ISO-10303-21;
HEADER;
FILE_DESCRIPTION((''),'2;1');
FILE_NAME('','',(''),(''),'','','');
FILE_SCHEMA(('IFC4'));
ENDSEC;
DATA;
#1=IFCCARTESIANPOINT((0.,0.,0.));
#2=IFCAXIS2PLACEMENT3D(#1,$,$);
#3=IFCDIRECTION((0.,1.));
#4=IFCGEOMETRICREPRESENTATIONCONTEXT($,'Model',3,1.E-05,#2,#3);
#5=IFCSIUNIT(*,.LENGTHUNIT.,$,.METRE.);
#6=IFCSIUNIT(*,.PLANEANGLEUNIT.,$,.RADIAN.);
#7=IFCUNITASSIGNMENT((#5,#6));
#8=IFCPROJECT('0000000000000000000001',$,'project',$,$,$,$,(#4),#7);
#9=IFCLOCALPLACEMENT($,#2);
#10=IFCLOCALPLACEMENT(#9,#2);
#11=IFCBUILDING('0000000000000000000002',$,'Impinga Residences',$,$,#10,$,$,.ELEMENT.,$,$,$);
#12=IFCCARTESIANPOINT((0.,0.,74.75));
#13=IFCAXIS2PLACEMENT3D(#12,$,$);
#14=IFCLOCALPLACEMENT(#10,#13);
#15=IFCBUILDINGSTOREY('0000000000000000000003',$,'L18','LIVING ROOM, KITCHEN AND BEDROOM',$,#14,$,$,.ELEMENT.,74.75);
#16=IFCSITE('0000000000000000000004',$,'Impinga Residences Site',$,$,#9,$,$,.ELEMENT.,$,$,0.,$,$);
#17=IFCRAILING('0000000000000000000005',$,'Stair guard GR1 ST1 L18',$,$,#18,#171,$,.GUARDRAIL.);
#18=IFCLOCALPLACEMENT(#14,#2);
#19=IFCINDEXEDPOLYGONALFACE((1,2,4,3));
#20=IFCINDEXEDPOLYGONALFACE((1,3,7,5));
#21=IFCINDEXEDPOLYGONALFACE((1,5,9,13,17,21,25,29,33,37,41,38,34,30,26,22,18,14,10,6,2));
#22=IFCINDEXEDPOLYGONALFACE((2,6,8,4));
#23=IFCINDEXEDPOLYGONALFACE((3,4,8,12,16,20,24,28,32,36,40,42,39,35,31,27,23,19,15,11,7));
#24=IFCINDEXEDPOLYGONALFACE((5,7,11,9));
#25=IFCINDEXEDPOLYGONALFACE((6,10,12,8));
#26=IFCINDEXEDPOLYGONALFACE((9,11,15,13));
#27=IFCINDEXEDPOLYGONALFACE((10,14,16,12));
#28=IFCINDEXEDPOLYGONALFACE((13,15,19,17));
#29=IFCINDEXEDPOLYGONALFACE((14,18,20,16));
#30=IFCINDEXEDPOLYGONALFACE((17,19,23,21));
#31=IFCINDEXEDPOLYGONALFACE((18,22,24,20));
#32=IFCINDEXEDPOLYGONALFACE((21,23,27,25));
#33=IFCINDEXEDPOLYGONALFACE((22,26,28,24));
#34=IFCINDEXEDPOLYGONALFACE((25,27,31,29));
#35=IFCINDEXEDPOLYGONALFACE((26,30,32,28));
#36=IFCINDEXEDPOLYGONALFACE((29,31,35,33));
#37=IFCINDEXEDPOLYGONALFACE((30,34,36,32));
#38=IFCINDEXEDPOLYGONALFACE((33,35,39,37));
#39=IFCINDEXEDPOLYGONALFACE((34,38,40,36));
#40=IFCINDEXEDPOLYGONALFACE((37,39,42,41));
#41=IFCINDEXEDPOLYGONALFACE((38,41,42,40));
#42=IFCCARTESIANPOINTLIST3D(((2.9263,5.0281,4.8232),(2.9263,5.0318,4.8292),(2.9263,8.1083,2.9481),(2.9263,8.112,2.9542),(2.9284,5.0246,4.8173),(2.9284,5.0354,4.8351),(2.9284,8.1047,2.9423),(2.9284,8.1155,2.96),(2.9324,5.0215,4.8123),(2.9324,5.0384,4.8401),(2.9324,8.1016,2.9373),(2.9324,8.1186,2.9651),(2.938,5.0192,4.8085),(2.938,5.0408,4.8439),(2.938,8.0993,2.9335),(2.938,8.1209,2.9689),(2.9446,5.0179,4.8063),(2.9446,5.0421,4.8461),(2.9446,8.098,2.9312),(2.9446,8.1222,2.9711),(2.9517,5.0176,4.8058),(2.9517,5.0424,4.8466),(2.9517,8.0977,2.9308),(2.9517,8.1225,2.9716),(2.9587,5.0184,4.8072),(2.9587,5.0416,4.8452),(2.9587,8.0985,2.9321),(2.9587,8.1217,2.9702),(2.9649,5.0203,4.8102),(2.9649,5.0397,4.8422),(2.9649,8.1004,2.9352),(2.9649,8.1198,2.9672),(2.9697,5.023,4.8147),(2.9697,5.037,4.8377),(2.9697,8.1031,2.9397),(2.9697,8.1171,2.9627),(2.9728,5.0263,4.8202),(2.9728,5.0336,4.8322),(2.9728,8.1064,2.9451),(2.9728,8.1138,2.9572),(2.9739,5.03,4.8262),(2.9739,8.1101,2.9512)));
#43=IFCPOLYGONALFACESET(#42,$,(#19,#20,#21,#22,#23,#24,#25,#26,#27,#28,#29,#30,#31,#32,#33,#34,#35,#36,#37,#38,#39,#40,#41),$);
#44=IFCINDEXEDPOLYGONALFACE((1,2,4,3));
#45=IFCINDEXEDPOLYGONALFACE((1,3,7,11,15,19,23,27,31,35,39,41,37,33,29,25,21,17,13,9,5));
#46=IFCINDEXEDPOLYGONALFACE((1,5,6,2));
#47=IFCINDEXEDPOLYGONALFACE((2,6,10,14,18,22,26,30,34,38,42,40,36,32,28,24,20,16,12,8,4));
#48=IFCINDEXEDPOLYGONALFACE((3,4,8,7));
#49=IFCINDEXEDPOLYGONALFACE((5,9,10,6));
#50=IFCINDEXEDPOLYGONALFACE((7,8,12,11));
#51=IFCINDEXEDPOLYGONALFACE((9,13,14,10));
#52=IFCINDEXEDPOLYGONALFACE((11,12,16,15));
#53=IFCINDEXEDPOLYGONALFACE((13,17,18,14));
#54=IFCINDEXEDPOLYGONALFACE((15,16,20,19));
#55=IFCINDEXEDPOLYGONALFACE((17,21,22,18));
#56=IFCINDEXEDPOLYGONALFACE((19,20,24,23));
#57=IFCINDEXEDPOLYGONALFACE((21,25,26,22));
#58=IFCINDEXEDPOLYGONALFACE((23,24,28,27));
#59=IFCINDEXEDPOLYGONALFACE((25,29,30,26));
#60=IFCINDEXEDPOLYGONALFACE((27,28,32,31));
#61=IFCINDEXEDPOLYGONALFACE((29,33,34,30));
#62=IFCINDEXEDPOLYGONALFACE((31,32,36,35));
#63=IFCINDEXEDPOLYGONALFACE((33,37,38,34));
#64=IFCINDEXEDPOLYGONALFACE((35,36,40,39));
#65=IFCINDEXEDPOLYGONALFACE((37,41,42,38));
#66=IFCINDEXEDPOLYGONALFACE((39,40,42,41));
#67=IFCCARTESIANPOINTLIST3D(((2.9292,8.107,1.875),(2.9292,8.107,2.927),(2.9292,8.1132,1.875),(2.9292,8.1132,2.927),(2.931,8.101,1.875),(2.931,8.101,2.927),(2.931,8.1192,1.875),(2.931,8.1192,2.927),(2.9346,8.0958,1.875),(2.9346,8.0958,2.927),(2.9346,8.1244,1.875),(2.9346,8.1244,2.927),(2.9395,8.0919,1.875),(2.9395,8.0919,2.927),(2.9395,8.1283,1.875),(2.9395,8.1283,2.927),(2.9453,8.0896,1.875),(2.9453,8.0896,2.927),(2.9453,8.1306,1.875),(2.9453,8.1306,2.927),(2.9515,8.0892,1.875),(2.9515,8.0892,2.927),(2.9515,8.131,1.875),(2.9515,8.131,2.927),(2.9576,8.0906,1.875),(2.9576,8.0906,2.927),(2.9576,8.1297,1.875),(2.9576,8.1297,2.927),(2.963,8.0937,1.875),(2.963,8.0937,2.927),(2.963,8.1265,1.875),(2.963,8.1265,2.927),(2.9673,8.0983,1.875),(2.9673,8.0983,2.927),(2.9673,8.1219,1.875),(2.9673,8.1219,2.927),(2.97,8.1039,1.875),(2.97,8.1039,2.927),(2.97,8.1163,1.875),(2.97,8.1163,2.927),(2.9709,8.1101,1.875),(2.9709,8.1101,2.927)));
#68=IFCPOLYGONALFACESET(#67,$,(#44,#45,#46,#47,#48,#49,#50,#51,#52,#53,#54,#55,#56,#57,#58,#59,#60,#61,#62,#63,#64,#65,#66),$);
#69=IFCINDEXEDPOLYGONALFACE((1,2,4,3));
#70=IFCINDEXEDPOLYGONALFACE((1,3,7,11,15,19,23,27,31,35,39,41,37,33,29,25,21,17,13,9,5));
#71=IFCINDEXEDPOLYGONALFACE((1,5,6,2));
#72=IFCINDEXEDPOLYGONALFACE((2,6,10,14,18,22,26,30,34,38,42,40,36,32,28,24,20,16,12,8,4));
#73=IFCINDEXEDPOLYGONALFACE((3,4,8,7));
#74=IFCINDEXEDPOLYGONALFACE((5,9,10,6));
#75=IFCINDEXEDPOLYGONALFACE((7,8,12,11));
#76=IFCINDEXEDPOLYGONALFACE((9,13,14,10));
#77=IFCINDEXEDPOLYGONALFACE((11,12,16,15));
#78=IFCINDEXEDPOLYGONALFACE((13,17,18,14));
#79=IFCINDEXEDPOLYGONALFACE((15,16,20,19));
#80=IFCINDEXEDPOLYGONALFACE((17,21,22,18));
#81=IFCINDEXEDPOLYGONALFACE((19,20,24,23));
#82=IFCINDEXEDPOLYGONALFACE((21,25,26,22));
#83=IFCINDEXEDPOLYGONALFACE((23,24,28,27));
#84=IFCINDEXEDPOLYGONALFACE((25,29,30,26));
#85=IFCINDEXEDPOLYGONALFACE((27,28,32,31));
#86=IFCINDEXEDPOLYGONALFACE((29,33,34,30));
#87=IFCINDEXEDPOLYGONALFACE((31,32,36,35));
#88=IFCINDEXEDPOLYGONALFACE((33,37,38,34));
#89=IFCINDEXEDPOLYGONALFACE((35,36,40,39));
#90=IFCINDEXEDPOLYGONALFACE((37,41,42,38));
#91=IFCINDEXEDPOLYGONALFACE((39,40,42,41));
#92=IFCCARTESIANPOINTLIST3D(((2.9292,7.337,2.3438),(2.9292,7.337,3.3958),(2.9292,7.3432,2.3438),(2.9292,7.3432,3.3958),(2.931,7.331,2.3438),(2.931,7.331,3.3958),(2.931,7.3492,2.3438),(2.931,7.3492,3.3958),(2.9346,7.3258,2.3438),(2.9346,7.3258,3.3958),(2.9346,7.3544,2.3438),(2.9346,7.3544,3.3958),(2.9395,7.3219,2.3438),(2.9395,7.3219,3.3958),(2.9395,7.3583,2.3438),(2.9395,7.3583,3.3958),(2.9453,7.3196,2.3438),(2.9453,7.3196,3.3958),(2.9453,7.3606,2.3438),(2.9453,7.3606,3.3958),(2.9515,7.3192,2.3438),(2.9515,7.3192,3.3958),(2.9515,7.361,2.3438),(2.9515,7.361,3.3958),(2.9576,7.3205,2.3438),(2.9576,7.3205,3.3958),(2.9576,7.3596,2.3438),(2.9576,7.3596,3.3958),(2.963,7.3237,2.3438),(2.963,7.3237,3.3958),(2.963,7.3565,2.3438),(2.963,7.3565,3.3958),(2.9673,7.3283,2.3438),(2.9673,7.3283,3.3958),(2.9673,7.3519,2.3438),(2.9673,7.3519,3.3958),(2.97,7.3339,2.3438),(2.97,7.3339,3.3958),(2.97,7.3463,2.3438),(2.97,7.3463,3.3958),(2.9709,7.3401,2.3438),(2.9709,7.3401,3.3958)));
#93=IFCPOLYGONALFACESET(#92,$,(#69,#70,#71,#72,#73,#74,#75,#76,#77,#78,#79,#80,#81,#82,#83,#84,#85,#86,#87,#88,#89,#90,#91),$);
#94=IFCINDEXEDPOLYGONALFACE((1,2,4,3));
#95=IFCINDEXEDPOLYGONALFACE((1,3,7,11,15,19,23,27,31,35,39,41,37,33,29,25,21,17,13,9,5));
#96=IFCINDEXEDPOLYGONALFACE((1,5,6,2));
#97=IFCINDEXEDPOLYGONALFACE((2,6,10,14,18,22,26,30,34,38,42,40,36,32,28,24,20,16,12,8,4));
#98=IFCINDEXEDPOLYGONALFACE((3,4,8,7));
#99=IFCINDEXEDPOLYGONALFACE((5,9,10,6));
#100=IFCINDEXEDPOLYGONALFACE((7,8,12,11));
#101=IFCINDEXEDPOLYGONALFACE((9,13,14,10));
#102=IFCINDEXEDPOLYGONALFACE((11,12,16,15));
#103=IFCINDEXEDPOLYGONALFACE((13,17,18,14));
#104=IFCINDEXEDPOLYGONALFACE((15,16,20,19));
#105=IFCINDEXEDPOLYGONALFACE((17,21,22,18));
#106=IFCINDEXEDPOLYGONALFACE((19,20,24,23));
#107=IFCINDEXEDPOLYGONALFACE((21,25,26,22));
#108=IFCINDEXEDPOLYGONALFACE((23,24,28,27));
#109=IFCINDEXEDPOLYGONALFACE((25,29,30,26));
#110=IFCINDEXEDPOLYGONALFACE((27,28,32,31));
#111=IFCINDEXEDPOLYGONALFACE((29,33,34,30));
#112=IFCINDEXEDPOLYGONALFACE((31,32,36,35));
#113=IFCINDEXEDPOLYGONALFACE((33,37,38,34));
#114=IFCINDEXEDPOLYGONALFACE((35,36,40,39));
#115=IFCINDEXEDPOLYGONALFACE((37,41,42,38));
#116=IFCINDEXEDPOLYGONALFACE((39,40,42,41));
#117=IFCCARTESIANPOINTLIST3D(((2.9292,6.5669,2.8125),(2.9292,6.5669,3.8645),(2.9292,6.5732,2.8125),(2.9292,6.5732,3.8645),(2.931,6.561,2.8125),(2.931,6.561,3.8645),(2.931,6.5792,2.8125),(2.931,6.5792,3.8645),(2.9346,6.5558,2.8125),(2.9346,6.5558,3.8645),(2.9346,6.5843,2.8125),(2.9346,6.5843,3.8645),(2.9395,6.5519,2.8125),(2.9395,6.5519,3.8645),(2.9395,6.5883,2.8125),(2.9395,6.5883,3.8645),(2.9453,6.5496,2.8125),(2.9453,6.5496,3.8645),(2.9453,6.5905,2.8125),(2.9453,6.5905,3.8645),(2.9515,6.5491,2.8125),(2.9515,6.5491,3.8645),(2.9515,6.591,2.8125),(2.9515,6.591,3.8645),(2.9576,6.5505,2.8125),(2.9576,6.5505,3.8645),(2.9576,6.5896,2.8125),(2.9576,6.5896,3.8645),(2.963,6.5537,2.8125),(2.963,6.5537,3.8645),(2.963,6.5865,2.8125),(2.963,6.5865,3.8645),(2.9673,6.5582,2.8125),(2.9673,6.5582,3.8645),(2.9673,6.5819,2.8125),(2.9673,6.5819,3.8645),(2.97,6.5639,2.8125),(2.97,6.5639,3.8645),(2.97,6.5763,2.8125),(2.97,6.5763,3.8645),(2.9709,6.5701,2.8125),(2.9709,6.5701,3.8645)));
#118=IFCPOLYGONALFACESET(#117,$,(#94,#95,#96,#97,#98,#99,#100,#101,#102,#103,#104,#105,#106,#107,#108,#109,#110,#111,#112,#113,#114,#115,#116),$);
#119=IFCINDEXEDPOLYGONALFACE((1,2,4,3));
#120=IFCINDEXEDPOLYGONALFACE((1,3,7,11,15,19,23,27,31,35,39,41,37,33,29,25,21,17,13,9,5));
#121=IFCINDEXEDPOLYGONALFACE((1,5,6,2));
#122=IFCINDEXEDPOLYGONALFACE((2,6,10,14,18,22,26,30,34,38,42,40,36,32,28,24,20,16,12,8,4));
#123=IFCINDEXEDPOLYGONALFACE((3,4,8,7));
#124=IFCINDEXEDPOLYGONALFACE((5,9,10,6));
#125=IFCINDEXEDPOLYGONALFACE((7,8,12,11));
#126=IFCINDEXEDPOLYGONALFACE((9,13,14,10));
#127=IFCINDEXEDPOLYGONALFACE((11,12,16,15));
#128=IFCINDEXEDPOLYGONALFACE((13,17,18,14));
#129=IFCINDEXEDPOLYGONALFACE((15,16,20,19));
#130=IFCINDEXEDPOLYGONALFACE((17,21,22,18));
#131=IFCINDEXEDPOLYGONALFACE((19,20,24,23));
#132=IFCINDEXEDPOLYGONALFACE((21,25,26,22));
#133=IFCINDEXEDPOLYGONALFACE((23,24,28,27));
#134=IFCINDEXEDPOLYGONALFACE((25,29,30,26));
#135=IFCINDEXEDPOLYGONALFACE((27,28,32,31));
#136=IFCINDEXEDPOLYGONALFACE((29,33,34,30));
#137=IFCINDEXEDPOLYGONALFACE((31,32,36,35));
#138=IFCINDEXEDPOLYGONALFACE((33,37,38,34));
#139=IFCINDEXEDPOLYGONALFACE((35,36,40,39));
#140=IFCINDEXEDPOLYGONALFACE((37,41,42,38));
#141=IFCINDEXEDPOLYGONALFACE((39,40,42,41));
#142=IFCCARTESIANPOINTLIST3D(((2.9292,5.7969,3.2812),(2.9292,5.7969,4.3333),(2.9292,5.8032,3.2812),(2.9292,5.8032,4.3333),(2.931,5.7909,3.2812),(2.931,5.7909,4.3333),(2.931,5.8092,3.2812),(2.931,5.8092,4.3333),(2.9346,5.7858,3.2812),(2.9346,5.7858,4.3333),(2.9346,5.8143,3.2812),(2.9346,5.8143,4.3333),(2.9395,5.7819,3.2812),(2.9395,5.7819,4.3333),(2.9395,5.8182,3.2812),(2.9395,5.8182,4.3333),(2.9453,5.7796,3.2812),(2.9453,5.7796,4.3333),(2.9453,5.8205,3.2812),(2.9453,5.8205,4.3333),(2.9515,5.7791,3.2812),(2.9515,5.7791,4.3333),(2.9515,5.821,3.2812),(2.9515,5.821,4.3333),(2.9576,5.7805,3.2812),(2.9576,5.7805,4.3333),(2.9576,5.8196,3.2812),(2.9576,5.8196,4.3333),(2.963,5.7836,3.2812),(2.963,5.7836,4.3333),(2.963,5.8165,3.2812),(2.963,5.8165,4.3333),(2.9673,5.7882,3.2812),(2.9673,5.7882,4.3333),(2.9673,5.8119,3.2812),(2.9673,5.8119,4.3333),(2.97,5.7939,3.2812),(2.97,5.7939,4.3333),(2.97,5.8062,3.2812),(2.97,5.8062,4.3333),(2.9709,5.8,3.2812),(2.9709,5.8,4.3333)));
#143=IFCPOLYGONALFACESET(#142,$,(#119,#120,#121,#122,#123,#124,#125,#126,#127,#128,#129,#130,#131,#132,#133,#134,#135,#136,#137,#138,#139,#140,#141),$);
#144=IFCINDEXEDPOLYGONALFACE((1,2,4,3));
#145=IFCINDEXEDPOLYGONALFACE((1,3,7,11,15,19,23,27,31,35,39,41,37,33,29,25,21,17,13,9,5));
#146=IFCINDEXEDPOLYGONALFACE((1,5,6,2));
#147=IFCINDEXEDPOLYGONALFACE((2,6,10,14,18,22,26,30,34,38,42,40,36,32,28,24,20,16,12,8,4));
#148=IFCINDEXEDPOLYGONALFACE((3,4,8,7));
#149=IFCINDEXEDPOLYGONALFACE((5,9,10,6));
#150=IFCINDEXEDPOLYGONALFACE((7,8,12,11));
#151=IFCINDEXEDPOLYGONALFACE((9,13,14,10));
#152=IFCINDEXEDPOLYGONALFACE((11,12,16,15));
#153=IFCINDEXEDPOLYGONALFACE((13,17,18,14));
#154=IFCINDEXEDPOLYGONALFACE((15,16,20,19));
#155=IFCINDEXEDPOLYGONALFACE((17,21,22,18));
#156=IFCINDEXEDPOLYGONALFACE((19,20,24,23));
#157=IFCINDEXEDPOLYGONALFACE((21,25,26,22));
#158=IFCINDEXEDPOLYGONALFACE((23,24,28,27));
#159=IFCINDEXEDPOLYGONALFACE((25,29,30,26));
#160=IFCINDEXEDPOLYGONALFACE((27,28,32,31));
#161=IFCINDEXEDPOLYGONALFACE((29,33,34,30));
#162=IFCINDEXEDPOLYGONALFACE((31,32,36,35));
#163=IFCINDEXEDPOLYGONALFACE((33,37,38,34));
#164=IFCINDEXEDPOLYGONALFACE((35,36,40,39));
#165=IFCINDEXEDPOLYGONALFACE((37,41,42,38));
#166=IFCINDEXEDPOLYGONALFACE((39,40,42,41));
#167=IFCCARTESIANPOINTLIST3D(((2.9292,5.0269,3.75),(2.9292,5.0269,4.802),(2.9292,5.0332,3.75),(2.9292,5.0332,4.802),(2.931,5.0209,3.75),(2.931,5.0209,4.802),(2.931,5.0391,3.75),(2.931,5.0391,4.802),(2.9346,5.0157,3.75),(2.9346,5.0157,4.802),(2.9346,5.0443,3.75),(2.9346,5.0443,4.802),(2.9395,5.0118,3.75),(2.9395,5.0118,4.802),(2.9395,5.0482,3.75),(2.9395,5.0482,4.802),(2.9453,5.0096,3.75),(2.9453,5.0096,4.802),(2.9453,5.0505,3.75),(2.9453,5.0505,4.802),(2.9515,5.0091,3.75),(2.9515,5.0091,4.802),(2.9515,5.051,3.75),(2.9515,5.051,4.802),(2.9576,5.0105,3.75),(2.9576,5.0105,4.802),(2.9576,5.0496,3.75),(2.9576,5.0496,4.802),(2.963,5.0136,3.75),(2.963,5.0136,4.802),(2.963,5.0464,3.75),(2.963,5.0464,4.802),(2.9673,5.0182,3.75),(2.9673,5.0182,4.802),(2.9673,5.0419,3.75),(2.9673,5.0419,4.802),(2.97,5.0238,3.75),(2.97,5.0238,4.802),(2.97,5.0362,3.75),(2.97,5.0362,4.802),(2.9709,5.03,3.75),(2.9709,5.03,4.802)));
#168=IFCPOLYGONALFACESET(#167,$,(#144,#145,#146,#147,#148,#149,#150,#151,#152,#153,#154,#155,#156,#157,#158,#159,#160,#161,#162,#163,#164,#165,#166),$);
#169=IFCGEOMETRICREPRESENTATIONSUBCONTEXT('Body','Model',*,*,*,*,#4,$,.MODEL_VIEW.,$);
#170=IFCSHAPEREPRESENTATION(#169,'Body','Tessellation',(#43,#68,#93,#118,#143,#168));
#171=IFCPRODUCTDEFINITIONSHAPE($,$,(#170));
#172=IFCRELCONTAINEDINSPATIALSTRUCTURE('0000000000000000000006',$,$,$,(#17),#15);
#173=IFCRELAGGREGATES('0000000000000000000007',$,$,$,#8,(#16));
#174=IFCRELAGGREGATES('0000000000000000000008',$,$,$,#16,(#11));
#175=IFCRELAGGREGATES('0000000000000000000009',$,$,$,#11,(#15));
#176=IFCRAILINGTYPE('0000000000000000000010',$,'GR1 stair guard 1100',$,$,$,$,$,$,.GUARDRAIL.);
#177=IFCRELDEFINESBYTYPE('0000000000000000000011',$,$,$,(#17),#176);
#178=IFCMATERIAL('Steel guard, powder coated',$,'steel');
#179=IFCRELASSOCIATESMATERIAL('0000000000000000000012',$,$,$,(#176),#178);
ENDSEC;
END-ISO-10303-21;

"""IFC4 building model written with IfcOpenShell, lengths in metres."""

from ifc_helpers import new_model, si_unit, direction, frame, origin, origin_2d, place, context, subcontext, project, spatial, circle, extrude, material, type_object, element, save


model = new_model("IFC4")

# Units and contexts
model_context = context("Model", 3, precision=1e-05, world=origin(), true_north=direction((0.0, 1.0)))
body_context = subcontext(model_context, "Body", "Model", "MODEL_VIEW")
ifc_project = project(units=[si_unit("LENGTHUNIT", "METRE"), si_unit("PLANEANGLEUNIT", "RADIAN")], contexts=[model_context])

# Site, building, storey
site_placement = place(None, origin())
site = spatial("IfcSite", under=ifc_project, at=site_placement, Name="Impinga Residences Site", CompositionType="ELEMENT", RefElevation=0.0)
building_placement = place(site_placement, origin())
building = spatial("IfcBuilding", under=site, at=building_placement, Name="Impinga Residences", CompositionType="ELEMENT")
storey_placement = place(building_placement, frame((0.0, 0.0, 74.75)))
storey = spatial("IfcBuildingStorey", under=building, at=storey_placement, Name="L18", Description="LIVING ROOM, KITCHEN AND BEDROOM", CompositionType="ELEMENT", Elevation=74.75)

# Railing
ifc_material_1 = material(Name="Steel guard, powder coated", Category="steel")
railing_type_1 = type_object("IfcRailingType", Name="GR1 stair guard 1100", PredefinedType="GUARDRAIL", material=ifc_material_1)
railing_1_placement = place(storey_placement, frame((2.95, 8.1101, 1.875)))
element("IfcRailing", 1, at=railing_1_placement, inside=storey, type_object=railing_type_1, Name="Stair guard GR1 ST1 L18", PredefinedType="GUARDRAIL", context=body_context, shape_type="SweptSolid", body=[
    extrude(circle(Radius=0.0239, at=origin_2d()), frame((0.0, 0.0, 1.0762), z_axis=(0.0, -0.854178, 0.519981), x_axis=(1.0, 0.0, 0.0)), (0.0, 0.0, 1.0), 3.606),
    extrude(circle(Radius=0.021, at=origin_2d()), origin(), (0.0, 0.0, 1.0), 1.052),
    extrude(circle(Radius=0.021, at=origin_2d()), frame((0.0, -0.77, 0.4688)), (0.0, 0.0, 1.0), 1.052),
    extrude(circle(Radius=0.021, at=origin_2d()), frame((0.0, -1.54, 0.9375)), (0.0, 0.0, 1.0), 1.052),
    extrude(circle(Radius=0.021, at=origin_2d()), frame((0.0, -2.3101, 1.4062)), (0.0, 0.0, 1.0), 1.052),
    extrude(circle(Radius=0.021, at=origin_2d()), frame((0.0, -3.0801, 1.875)), (0.0, 0.0, 1.0), 1.052),
])

save(model, "model.ifc")
